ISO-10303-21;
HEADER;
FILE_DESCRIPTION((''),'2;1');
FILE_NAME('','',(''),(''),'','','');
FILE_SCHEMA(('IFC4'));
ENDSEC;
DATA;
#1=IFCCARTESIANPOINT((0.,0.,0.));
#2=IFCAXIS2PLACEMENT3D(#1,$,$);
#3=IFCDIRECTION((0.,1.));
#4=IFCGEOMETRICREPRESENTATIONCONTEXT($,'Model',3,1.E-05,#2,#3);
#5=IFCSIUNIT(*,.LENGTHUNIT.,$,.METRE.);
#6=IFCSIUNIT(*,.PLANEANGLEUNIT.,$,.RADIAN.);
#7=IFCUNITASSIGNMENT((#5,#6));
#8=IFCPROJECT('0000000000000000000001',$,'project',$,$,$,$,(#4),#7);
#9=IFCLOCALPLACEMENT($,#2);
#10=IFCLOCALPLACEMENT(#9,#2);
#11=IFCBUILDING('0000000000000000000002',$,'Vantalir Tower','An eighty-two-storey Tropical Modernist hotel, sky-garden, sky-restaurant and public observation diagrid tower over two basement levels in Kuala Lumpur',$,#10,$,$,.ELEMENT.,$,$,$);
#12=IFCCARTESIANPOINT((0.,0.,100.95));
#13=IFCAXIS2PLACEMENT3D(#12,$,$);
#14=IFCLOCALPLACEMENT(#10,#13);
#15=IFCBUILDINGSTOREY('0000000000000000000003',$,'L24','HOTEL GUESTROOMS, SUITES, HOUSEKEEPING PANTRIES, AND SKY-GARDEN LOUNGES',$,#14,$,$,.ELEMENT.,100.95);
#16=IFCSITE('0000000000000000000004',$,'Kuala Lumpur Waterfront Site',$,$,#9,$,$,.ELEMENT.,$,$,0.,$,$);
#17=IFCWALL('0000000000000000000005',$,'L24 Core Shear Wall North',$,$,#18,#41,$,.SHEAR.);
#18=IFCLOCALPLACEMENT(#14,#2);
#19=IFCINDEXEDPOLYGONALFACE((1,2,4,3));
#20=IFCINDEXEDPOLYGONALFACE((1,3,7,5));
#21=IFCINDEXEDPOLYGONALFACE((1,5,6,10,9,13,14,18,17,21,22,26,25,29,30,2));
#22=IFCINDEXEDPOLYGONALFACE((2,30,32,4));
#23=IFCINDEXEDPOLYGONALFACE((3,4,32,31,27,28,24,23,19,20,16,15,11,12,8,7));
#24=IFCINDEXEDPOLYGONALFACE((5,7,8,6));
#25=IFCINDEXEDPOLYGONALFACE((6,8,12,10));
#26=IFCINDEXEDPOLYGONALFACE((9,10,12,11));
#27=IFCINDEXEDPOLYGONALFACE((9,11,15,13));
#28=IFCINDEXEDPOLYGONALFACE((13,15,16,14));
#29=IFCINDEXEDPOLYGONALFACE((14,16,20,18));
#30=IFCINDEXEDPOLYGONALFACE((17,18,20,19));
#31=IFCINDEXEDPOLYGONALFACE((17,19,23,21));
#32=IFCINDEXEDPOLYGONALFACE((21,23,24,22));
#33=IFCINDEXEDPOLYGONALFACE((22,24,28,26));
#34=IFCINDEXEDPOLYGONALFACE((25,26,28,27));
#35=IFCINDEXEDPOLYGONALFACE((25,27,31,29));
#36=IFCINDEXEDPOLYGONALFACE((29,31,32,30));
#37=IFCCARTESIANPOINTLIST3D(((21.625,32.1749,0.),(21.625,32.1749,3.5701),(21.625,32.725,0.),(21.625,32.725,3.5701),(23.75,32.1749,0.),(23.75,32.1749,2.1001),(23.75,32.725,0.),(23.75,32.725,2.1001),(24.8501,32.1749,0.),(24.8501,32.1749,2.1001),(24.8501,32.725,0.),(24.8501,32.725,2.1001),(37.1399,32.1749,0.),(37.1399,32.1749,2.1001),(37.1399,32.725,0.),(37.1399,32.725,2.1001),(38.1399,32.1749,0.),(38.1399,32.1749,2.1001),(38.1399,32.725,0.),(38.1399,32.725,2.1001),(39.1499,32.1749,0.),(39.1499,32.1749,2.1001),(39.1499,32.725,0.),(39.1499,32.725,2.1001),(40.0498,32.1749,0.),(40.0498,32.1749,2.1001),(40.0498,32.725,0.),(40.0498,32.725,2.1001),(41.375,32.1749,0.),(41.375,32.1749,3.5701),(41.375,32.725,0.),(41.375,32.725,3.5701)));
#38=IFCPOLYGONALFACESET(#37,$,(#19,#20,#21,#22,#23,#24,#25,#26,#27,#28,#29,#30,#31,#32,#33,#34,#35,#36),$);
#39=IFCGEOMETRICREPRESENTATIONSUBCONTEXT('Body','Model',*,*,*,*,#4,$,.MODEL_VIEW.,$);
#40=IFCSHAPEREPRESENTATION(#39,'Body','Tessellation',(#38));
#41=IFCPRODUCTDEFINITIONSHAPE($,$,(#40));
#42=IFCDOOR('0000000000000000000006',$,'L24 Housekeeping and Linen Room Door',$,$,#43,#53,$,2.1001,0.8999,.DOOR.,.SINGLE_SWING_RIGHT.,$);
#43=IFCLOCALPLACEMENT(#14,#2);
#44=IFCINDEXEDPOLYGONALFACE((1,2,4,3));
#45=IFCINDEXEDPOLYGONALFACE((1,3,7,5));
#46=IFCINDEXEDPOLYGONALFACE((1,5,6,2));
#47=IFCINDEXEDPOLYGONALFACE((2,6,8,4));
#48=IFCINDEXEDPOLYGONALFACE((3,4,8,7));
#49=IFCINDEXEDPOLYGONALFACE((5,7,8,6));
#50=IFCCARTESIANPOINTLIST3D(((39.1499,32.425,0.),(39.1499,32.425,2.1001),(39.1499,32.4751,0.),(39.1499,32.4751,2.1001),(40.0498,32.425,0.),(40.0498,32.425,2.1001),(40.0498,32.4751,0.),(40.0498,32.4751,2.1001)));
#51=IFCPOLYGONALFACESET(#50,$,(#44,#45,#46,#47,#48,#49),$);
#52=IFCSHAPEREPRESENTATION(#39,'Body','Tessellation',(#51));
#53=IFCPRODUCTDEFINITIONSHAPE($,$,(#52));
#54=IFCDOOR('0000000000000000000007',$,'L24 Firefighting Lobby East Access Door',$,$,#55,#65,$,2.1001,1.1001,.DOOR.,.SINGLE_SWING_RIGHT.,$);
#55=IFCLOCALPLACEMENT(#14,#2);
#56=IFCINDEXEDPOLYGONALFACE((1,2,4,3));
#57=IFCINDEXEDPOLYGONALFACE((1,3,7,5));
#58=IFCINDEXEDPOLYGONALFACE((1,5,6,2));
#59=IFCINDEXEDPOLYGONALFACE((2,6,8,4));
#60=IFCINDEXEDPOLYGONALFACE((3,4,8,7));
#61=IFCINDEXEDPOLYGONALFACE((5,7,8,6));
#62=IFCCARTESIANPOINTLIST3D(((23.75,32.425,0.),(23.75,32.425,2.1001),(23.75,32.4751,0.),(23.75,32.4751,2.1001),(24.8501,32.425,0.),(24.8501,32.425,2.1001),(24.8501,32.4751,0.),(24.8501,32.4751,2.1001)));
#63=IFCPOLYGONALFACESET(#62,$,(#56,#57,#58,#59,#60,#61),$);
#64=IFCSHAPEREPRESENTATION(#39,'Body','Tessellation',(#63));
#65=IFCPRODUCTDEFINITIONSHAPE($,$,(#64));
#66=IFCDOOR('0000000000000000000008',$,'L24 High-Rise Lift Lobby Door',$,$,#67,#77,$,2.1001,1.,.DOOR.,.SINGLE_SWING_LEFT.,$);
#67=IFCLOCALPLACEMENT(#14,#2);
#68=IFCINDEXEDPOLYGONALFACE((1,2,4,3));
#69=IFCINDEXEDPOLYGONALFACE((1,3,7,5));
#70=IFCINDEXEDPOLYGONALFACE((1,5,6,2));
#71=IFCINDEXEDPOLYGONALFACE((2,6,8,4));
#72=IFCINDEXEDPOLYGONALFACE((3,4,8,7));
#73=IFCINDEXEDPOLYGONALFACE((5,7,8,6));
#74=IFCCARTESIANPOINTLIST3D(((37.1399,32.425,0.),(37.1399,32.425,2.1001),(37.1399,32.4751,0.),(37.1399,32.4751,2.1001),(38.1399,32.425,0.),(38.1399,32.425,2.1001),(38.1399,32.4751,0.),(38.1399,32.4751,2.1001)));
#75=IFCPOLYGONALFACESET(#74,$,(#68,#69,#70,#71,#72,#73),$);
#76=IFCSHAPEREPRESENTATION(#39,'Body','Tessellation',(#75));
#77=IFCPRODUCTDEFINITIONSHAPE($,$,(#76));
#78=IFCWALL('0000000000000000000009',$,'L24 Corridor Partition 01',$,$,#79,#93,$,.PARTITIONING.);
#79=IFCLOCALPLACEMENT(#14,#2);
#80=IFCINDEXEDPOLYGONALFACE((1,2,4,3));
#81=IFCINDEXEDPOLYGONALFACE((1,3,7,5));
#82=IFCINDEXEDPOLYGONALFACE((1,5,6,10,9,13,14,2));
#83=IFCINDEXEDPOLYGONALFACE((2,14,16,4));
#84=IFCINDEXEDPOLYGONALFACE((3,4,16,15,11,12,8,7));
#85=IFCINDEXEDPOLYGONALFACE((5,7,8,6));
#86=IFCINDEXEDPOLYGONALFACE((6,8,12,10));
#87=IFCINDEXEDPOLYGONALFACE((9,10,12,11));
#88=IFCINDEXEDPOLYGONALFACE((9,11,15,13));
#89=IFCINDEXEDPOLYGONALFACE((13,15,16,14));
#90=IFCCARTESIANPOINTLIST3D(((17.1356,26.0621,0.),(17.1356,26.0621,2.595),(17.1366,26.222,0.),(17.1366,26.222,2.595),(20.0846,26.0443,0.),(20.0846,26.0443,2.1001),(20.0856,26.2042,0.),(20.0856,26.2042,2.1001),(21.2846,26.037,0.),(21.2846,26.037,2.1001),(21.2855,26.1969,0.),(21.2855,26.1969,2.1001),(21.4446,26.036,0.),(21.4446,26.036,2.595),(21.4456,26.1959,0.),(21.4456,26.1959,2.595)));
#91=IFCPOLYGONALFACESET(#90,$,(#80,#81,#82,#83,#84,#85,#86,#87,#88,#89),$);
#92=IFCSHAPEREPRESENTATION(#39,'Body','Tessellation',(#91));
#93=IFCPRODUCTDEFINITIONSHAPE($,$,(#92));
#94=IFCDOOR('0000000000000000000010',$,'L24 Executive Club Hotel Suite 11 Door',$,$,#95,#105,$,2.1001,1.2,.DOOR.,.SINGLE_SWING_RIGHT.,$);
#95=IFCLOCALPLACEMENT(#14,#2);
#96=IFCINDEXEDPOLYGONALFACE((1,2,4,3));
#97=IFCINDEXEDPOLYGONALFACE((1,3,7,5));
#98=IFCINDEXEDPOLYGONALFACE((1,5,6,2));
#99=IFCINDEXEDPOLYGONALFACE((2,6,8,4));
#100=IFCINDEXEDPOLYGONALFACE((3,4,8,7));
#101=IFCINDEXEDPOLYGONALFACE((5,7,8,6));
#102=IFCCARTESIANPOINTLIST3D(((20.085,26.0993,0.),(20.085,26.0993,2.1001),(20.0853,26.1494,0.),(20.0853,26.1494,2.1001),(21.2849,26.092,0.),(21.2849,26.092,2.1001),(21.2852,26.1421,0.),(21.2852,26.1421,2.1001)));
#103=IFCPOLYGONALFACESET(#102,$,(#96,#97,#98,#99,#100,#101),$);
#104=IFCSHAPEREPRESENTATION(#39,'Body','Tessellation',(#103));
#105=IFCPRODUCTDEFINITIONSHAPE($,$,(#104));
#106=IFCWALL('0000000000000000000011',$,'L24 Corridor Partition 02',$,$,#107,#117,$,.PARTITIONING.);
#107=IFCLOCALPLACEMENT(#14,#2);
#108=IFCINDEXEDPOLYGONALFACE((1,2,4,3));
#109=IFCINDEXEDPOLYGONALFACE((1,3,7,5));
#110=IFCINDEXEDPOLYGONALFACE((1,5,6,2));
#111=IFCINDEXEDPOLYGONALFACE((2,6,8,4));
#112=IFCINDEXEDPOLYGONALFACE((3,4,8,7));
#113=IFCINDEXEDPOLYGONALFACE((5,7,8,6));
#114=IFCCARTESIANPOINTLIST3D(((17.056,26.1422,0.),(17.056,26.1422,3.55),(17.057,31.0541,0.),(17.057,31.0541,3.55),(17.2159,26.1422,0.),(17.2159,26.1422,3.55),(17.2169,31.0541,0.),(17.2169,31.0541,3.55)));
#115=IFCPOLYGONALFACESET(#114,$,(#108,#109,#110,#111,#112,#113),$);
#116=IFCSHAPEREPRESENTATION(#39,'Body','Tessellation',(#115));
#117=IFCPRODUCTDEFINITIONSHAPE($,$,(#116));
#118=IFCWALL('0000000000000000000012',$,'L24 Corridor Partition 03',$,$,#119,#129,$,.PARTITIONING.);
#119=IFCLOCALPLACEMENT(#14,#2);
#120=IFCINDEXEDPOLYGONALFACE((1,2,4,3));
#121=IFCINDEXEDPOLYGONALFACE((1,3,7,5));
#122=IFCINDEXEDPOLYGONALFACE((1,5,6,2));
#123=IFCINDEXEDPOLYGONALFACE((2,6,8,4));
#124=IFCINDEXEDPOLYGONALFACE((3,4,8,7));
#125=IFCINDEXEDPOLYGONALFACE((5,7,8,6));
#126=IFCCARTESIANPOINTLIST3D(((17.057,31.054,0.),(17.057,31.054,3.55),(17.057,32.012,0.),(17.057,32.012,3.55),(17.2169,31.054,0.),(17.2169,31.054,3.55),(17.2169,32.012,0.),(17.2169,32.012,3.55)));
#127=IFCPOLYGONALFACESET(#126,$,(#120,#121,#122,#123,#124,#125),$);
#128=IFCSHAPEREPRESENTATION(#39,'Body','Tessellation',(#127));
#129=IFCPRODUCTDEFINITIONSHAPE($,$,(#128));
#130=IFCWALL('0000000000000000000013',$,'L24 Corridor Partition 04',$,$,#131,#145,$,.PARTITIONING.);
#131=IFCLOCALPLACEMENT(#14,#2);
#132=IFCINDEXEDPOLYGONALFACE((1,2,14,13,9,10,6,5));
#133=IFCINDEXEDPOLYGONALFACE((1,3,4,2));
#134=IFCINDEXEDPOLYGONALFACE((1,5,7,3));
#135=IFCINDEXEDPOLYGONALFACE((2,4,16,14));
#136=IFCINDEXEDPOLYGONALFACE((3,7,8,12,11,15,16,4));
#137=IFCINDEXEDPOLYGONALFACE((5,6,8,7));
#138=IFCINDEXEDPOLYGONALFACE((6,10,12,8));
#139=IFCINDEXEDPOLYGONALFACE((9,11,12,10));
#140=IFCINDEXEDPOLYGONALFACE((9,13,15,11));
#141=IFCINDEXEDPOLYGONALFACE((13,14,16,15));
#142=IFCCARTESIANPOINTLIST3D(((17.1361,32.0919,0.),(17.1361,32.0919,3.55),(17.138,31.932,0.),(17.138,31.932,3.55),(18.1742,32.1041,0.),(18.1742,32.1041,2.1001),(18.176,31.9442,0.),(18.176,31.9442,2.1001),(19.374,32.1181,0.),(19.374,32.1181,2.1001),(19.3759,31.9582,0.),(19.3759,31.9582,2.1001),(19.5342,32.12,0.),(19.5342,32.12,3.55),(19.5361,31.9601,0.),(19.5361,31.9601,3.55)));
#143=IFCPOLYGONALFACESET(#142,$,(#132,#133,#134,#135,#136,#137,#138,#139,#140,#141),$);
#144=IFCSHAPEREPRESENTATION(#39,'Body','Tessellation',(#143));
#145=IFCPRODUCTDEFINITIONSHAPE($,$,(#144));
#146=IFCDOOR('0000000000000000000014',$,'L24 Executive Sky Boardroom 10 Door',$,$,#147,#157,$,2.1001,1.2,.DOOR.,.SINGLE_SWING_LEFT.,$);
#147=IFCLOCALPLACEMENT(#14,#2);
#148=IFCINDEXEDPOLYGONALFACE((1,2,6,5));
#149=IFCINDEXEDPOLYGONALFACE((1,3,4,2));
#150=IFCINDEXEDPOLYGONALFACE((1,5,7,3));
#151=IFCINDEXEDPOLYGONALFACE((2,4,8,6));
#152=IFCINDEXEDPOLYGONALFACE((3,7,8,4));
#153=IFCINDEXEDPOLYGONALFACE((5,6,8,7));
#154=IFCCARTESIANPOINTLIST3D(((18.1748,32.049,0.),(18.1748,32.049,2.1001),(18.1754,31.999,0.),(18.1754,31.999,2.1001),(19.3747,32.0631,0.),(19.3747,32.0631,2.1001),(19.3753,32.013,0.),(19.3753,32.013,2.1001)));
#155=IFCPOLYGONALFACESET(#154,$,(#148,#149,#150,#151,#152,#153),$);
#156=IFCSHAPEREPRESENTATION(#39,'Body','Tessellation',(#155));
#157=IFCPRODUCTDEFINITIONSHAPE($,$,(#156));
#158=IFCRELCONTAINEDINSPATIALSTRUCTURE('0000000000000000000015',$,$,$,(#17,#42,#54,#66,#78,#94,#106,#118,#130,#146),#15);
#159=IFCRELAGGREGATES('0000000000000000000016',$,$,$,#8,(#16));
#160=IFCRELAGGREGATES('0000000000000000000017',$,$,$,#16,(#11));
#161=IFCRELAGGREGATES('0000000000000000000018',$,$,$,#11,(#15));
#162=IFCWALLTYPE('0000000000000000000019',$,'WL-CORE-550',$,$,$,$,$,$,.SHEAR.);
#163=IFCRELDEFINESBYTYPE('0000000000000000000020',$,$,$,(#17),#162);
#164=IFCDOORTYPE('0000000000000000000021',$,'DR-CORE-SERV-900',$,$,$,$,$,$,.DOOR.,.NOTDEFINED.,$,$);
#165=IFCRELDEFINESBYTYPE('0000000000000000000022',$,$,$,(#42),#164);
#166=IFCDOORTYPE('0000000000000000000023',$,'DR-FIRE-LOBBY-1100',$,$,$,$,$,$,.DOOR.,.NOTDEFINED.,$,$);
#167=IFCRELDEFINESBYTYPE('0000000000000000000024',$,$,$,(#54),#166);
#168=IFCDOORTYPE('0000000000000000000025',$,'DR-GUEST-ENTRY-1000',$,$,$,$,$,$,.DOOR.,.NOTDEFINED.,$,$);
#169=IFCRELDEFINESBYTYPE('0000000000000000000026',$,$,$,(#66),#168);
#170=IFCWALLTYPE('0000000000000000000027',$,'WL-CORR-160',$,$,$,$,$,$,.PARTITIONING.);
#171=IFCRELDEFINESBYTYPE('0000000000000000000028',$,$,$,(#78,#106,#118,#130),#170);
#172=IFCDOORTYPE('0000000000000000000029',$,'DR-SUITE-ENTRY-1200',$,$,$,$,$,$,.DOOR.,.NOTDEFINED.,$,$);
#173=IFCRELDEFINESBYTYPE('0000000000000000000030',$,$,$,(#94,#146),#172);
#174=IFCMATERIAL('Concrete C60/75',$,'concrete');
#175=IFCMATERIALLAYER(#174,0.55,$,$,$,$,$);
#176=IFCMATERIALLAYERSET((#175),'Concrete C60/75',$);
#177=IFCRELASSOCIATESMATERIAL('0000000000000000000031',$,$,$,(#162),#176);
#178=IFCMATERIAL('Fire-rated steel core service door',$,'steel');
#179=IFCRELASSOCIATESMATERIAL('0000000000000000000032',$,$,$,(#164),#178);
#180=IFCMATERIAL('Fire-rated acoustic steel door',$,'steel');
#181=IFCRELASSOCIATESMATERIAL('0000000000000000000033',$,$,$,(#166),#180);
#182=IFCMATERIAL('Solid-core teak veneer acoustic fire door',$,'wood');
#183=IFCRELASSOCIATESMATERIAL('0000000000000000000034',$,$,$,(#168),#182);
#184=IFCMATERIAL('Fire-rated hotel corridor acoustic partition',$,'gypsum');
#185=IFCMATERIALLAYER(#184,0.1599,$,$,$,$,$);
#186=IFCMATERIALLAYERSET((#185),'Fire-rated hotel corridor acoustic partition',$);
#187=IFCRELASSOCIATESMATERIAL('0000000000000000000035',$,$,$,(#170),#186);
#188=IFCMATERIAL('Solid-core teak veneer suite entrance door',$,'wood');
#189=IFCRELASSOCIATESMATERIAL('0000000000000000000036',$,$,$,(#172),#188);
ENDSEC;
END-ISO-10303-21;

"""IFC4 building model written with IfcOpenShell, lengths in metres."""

from ifc_helpers import new_model, si_unit, direction, frame, frame_2d, origin, place, context, subcontext, project, spatial, rectangle, extrude, material, layer, layer_set, type_object, element, fill, save


model = new_model("IFC4")

# Units and contexts
model_context = context("Model", 3, precision=1e-05, world=origin(), true_north=direction((0.0, 1.0)))
body_context = subcontext(model_context, "Body", "Model", "MODEL_VIEW")
ifc_project = project(units=[si_unit("LENGTHUNIT", "METRE"), si_unit("PLANEANGLEUNIT", "RADIAN")], contexts=[model_context])

# Site, building, storey
site_placement = place(None, origin())
site = spatial("IfcSite", under=ifc_project, at=site_placement, Name="Kuala Lumpur Waterfront Site", CompositionType="ELEMENT", RefElevation=0.0)
building_placement = place(site_placement, origin())
building = spatial("IfcBuilding", under=site, at=building_placement, Name="Vantalir Tower", Description="An eighty-two-storey Tropical Modernist hotel, sky-garden, sky-restaurant and public observation diagrid tower over two basement levels in Kuala Lumpur", CompositionType="ELEMENT")
storey_placement = place(building_placement, frame((0.0, 0.0, 100.95)))
storey = spatial("IfcBuildingStorey", under=building, at=storey_placement, Name="L24", Description="HOTEL GUESTROOMS, SUITES, HOUSEKEEPING PANTRIES, AND SKY-GARDEN LOUNGES", CompositionType="ELEMENT", Elevation=100.95)

# Wall, openings, doors
ifc_material_1 = material(Name="Concrete C60/75", Category="concrete")
ifc_layer_1 = layer(ifc_material_1, 0.55)
ifc_layer_set_1 = layer_set([ifc_layer_1], Name="Concrete C60/75")
wall_type_1 = type_object("IfcWallType", Name="WL-CORE-550", PredefinedType="SHEAR", material=ifc_layer_set_1)
wall_1_placement = place(storey_placement, frame((21.625, 32.45, 0.0), z_axis=(0.0, 0.0, 1.0), x_axis=(1.0, 0.0, 0.0)))
wall_1 = element("IfcWall", 1, at=wall_1_placement, inside=storey, type_object=wall_type_1, Name="L24 Core Shear Wall North", PredefinedType="SHEAR", context=body_context, shape_type="SweptSolid", body=[
    extrude(rectangle(XDim=19.75, YDim=0.55, at=frame_2d((9.875, 0.0))), origin(), (0.0, 0.0, 1.0), 3.5701),
])
opening_1_placement = place(wall_1_placement, frame((2.125, 0.0, 0.0)))
opening_1 = element("IfcOpeningElement", 2, at=opening_1_placement, cuts=wall_1, PredefinedType="OPENING", context=body_context, shape_type="SweptSolid", body=[
    extrude(rectangle(XDim=1.1001, YDim=2.1001, at=frame_2d((0.55, 1.05))), frame((0.0, 0.2849, 0.0), z_axis=(0.0, -1.0, 0.0), x_axis=(1.0, 0.0, 0.0)), (0.0, 0.0, 1.0), 0.5701),
])
opening_2_placement = place(wall_1_placement, frame((15.5149, 0.0, 0.0)))
opening_2 = element("IfcOpeningElement", 3, at=opening_2_placement, cuts=wall_1, PredefinedType="OPENING", context=body_context, shape_type="SweptSolid", body=[
    extrude(rectangle(XDim=1.0, YDim=2.1001, at=frame_2d((0.5, 1.05))), frame((0.0, 0.2849, 0.0), z_axis=(0.0, -1.0, 0.0), x_axis=(1.0, 0.0, 0.0)), (0.0, 0.0, 1.0), 0.5701),
])
opening_3_placement = place(wall_1_placement, frame((17.5249, 0.0, 0.0)))
opening_3 = element("IfcOpeningElement", 4, at=opening_3_placement, cuts=wall_1, PredefinedType="OPENING", context=body_context, shape_type="SweptSolid", body=[
    extrude(rectangle(XDim=0.8999, YDim=2.1001, at=frame_2d((0.45, 1.05))), frame((0.0, 0.2849, 0.0), z_axis=(0.0, -1.0, 0.0), x_axis=(1.0, 0.0, 0.0)), (0.0, 0.0, 1.0), 0.5701),
])
ifc_material_2 = material(Name="Fire-rated steel core service door", Category="steel")
door_type_1 = type_object("IfcDoorType", Name="DR-CORE-SERV-900", OperationType="NOTDEFINED", PredefinedType="DOOR", material=ifc_material_2)
door_1_placement = place(opening_3_placement, frame((0.8999, 0.0, 0.0), z_axis=(0.0, 0.0, 1.0), x_axis=(-1.0, 0.0, 0.0)))
door_1 = element("IfcDoor", 5, at=door_1_placement, inside=storey, type_object=door_type_1, Name="L24 Housekeeping and Linen Room Door", OperationType="SINGLE_SWING_RIGHT", OverallHeight=2.1001, OverallWidth=0.8999, PredefinedType="DOOR", context=body_context, shape_type="SweptSolid", body=[
    extrude(rectangle(XDim=0.8999, YDim=2.1001, at=frame_2d((0.45, 1.05))), frame((0.0, 0.0249, 0.0), z_axis=(0.0, -1.0, 0.0), x_axis=(1.0, 0.0, 0.0)), (0.0, 0.0, 1.0), 0.05),
])
fill(opening_3, door_1)
ifc_material_3 = material(Name="Fire-rated acoustic steel door", Category="steel")
door_type_2 = type_object("IfcDoorType", Name="DR-FIRE-LOBBY-1100", OperationType="NOTDEFINED", PredefinedType="DOOR", material=ifc_material_3)
door_2_placement = place(opening_1_placement, frame((1.1001, 0.0, 0.0), z_axis=(0.0, 0.0, 1.0), x_axis=(-1.0, 0.0, 0.0)))
door_2 = element("IfcDoor", 6, at=door_2_placement, inside=storey, type_object=door_type_2, Name="L24 Firefighting Lobby East Access Door", OperationType="SINGLE_SWING_RIGHT", OverallHeight=2.1001, OverallWidth=1.1001, PredefinedType="DOOR", context=body_context, shape_type="SweptSolid", body=[
    extrude(rectangle(XDim=1.1001, YDim=2.1001, at=frame_2d((0.55, 1.05))), frame((0.0, 0.0249, 0.0), z_axis=(0.0, -1.0, 0.0), x_axis=(1.0, 0.0, 0.0)), (0.0, 0.0, 1.0), 0.05),
])
fill(opening_1, door_2)
ifc_material_4 = material(Name="Solid-core teak veneer acoustic fire door", Category="wood")
door_type_3 = type_object("IfcDoorType", Name="DR-GUEST-ENTRY-1000", OperationType="NOTDEFINED", PredefinedType="DOOR", material=ifc_material_4)
door_3_placement = place(opening_2_placement, frame((1.0, 0.0, 0.0), z_axis=(0.0, 0.0, 1.0), x_axis=(-1.0, 0.0, 0.0)))
door_3 = element("IfcDoor", 7, at=door_3_placement, inside=storey, type_object=door_type_3, Name="L24 High-Rise Lift Lobby Door", OperationType="SINGLE_SWING_LEFT", OverallHeight=2.1001, OverallWidth=1.0, PredefinedType="DOOR", context=body_context, shape_type="SweptSolid", body=[
    extrude(rectangle(XDim=1.0, YDim=2.1001, at=frame_2d((0.5, 1.05))), frame((0.0, 0.0249, 0.0), z_axis=(0.0, -1.0, 0.0), x_axis=(1.0, 0.0, 0.0)), (0.0, 0.0, 1.0), 0.05),
])
fill(opening_2, door_3)

# Wall, opening, door
ifc_material_5 = material(Name="Fire-rated hotel corridor acoustic partition", Category="gypsum")
ifc_layer_2 = layer(ifc_material_5, 0.1599)
ifc_layer_set_2 = layer_set([ifc_layer_2], Name="Fire-rated hotel corridor acoustic partition")
wall_type_2 = type_object("IfcWallType", Name="WL-CORR-160", PredefinedType="PARTITIONING", material=ifc_layer_set_2)
wall_2_placement = place(storey_placement, frame((21.4451, 26.116, 0.0), z_axis=(0.0, 0.0, 1.0), x_axis=(-0.999982, 0.006062, 0.0)))
wall_2 = element("IfcWall", 8, at=wall_2_placement, inside=storey, type_object=wall_type_2, Name="L24 Corridor Partition 01", PredefinedType="PARTITIONING", context=body_context, shape_type="SweptSolid", body=[
    extrude(rectangle(XDim=4.3091, YDim=0.1599, at=frame_2d((2.1545, 0.0))), origin(), (0.0, 0.0, 1.0), 2.595),
])
opening_4_placement = place(wall_2_placement, frame((0.1599, 0.0, 0.0)))
opening_4 = element("IfcOpeningElement", 9, at=opening_4_placement, cuts=wall_2, PredefinedType="OPENING", context=body_context, shape_type="SweptSolid", body=[
    extrude(rectangle(XDim=1.2, YDim=2.1001, at=frame_2d((0.6001, 1.05))), frame((0.0, 0.0898, 0.0), z_axis=(0.0, -1.0, 0.0), x_axis=(1.0, 0.0, 0.0)), (0.0, 0.0, 1.0), 0.1799),
])
ifc_material_6 = material(Name="Solid-core teak veneer suite entrance door", Category="wood")
door_type_4 = type_object("IfcDoorType", Name="DR-SUITE-ENTRY-1200", OperationType="NOTDEFINED", PredefinedType="DOOR", material=ifc_material_6)
door_4_placement = place(opening_4_placement, origin())
door_4 = element("IfcDoor", 10, at=door_4_placement, inside=storey, type_object=door_type_4, Name="L24 Executive Club Hotel Suite 11 Door", OperationType="SINGLE_SWING_RIGHT", OverallHeight=2.1001, OverallWidth=1.2, PredefinedType="DOOR", context=body_context, shape_type="SweptSolid", body=[
    extrude(rectangle(XDim=1.2, YDim=2.1001, at=frame_2d((0.6001, 1.05))), frame((0.0, 0.0249, 0.0), z_axis=(0.0, -1.0, 0.0), x_axis=(1.0, 0.0, 0.0)), (0.0, 0.0, 1.0), 0.05),
])
fill(opening_4, door_4)

# Walls
wall_3_placement = place(storey_placement, frame((17.136, 26.1421, 0.0), z_axis=(0.0, 0.0, 1.0), x_axis=(0.000199, 1.0, 0.0)))
element("IfcWall", 11, at=wall_3_placement, inside=storey, type_object=wall_type_2, Name="L24 Corridor Partition 02", PredefinedType="PARTITIONING", context=body_context, shape_type="SweptSolid", body=[
    extrude(rectangle(XDim=4.9119, YDim=0.1599, at=frame_2d((2.4561, 0.0))), origin(), (0.0, 0.0, 1.0), 3.55),
])
wall_4_placement = place(storey_placement, frame((17.137, 31.054, 0.0), z_axis=(0.0, 0.0, 1.0), x_axis=(0.0, 1.0, 0.0)))
element("IfcWall", 12, at=wall_4_placement, inside=storey, type_object=wall_type_2, Name="L24 Corridor Partition 03", PredefinedType="PARTITIONING", context=body_context, shape_type="SweptSolid", body=[
    extrude(rectangle(XDim=0.958, YDim=0.1599, at=frame_2d((0.479, 0.0))), origin(), (0.0, 0.0, 1.0), 3.55),
])

# Wall, opening, door
wall_5_placement = place(storey_placement, frame((17.137, 32.012, 0.0), z_axis=(0.0, 0.0, 1.0), x_axis=(0.999931, 0.011708, 0.0)))
wall_5 = element("IfcWall", 13, at=wall_5_placement, inside=storey, type_object=wall_type_2, Name="L24 Corridor Partition 04", PredefinedType="PARTITIONING", context=body_context, shape_type="SweptSolid", body=[
    extrude(rectangle(XDim=2.3982, YDim=0.1599, at=frame_2d((1.1992, 0.0))), origin(), (0.0, 0.0, 1.0), 3.55),
])
opening_5_placement = place(wall_5_placement, frame((1.0381, 0.0, 0.0)))
opening_5 = element("IfcOpeningElement", 14, at=opening_5_placement, cuts=wall_5, PredefinedType="OPENING", context=body_context, shape_type="SweptSolid", body=[
    extrude(rectangle(XDim=1.2, YDim=2.1001, at=frame_2d((0.6001, 1.05))), frame((0.0, 0.0898, 0.0), z_axis=(0.0, -1.0, 0.0), x_axis=(1.0, 0.0, 0.0)), (0.0, 0.0, 1.0), 0.1799),
])
door_5_placement = place(opening_5_placement, origin())
door_5 = element("IfcDoor", 15, at=door_5_placement, inside=storey, type_object=door_type_4, Name="L24 Executive Sky Boardroom 10 Door", OperationType="SINGLE_SWING_LEFT", OverallHeight=2.1001, OverallWidth=1.2, PredefinedType="DOOR", context=body_context, shape_type="SweptSolid", body=[
    extrude(rectangle(XDim=1.2, YDim=2.1001, at=frame_2d((0.6001, 1.05))), frame((0.0, 0.0249, 0.0), z_axis=(0.0, -1.0, 0.0), x_axis=(1.0, 0.0, 0.0)), (0.0, 0.0, 1.0), 0.05),
])
fill(opening_5, door_5)

save(model, "model.ifc")
